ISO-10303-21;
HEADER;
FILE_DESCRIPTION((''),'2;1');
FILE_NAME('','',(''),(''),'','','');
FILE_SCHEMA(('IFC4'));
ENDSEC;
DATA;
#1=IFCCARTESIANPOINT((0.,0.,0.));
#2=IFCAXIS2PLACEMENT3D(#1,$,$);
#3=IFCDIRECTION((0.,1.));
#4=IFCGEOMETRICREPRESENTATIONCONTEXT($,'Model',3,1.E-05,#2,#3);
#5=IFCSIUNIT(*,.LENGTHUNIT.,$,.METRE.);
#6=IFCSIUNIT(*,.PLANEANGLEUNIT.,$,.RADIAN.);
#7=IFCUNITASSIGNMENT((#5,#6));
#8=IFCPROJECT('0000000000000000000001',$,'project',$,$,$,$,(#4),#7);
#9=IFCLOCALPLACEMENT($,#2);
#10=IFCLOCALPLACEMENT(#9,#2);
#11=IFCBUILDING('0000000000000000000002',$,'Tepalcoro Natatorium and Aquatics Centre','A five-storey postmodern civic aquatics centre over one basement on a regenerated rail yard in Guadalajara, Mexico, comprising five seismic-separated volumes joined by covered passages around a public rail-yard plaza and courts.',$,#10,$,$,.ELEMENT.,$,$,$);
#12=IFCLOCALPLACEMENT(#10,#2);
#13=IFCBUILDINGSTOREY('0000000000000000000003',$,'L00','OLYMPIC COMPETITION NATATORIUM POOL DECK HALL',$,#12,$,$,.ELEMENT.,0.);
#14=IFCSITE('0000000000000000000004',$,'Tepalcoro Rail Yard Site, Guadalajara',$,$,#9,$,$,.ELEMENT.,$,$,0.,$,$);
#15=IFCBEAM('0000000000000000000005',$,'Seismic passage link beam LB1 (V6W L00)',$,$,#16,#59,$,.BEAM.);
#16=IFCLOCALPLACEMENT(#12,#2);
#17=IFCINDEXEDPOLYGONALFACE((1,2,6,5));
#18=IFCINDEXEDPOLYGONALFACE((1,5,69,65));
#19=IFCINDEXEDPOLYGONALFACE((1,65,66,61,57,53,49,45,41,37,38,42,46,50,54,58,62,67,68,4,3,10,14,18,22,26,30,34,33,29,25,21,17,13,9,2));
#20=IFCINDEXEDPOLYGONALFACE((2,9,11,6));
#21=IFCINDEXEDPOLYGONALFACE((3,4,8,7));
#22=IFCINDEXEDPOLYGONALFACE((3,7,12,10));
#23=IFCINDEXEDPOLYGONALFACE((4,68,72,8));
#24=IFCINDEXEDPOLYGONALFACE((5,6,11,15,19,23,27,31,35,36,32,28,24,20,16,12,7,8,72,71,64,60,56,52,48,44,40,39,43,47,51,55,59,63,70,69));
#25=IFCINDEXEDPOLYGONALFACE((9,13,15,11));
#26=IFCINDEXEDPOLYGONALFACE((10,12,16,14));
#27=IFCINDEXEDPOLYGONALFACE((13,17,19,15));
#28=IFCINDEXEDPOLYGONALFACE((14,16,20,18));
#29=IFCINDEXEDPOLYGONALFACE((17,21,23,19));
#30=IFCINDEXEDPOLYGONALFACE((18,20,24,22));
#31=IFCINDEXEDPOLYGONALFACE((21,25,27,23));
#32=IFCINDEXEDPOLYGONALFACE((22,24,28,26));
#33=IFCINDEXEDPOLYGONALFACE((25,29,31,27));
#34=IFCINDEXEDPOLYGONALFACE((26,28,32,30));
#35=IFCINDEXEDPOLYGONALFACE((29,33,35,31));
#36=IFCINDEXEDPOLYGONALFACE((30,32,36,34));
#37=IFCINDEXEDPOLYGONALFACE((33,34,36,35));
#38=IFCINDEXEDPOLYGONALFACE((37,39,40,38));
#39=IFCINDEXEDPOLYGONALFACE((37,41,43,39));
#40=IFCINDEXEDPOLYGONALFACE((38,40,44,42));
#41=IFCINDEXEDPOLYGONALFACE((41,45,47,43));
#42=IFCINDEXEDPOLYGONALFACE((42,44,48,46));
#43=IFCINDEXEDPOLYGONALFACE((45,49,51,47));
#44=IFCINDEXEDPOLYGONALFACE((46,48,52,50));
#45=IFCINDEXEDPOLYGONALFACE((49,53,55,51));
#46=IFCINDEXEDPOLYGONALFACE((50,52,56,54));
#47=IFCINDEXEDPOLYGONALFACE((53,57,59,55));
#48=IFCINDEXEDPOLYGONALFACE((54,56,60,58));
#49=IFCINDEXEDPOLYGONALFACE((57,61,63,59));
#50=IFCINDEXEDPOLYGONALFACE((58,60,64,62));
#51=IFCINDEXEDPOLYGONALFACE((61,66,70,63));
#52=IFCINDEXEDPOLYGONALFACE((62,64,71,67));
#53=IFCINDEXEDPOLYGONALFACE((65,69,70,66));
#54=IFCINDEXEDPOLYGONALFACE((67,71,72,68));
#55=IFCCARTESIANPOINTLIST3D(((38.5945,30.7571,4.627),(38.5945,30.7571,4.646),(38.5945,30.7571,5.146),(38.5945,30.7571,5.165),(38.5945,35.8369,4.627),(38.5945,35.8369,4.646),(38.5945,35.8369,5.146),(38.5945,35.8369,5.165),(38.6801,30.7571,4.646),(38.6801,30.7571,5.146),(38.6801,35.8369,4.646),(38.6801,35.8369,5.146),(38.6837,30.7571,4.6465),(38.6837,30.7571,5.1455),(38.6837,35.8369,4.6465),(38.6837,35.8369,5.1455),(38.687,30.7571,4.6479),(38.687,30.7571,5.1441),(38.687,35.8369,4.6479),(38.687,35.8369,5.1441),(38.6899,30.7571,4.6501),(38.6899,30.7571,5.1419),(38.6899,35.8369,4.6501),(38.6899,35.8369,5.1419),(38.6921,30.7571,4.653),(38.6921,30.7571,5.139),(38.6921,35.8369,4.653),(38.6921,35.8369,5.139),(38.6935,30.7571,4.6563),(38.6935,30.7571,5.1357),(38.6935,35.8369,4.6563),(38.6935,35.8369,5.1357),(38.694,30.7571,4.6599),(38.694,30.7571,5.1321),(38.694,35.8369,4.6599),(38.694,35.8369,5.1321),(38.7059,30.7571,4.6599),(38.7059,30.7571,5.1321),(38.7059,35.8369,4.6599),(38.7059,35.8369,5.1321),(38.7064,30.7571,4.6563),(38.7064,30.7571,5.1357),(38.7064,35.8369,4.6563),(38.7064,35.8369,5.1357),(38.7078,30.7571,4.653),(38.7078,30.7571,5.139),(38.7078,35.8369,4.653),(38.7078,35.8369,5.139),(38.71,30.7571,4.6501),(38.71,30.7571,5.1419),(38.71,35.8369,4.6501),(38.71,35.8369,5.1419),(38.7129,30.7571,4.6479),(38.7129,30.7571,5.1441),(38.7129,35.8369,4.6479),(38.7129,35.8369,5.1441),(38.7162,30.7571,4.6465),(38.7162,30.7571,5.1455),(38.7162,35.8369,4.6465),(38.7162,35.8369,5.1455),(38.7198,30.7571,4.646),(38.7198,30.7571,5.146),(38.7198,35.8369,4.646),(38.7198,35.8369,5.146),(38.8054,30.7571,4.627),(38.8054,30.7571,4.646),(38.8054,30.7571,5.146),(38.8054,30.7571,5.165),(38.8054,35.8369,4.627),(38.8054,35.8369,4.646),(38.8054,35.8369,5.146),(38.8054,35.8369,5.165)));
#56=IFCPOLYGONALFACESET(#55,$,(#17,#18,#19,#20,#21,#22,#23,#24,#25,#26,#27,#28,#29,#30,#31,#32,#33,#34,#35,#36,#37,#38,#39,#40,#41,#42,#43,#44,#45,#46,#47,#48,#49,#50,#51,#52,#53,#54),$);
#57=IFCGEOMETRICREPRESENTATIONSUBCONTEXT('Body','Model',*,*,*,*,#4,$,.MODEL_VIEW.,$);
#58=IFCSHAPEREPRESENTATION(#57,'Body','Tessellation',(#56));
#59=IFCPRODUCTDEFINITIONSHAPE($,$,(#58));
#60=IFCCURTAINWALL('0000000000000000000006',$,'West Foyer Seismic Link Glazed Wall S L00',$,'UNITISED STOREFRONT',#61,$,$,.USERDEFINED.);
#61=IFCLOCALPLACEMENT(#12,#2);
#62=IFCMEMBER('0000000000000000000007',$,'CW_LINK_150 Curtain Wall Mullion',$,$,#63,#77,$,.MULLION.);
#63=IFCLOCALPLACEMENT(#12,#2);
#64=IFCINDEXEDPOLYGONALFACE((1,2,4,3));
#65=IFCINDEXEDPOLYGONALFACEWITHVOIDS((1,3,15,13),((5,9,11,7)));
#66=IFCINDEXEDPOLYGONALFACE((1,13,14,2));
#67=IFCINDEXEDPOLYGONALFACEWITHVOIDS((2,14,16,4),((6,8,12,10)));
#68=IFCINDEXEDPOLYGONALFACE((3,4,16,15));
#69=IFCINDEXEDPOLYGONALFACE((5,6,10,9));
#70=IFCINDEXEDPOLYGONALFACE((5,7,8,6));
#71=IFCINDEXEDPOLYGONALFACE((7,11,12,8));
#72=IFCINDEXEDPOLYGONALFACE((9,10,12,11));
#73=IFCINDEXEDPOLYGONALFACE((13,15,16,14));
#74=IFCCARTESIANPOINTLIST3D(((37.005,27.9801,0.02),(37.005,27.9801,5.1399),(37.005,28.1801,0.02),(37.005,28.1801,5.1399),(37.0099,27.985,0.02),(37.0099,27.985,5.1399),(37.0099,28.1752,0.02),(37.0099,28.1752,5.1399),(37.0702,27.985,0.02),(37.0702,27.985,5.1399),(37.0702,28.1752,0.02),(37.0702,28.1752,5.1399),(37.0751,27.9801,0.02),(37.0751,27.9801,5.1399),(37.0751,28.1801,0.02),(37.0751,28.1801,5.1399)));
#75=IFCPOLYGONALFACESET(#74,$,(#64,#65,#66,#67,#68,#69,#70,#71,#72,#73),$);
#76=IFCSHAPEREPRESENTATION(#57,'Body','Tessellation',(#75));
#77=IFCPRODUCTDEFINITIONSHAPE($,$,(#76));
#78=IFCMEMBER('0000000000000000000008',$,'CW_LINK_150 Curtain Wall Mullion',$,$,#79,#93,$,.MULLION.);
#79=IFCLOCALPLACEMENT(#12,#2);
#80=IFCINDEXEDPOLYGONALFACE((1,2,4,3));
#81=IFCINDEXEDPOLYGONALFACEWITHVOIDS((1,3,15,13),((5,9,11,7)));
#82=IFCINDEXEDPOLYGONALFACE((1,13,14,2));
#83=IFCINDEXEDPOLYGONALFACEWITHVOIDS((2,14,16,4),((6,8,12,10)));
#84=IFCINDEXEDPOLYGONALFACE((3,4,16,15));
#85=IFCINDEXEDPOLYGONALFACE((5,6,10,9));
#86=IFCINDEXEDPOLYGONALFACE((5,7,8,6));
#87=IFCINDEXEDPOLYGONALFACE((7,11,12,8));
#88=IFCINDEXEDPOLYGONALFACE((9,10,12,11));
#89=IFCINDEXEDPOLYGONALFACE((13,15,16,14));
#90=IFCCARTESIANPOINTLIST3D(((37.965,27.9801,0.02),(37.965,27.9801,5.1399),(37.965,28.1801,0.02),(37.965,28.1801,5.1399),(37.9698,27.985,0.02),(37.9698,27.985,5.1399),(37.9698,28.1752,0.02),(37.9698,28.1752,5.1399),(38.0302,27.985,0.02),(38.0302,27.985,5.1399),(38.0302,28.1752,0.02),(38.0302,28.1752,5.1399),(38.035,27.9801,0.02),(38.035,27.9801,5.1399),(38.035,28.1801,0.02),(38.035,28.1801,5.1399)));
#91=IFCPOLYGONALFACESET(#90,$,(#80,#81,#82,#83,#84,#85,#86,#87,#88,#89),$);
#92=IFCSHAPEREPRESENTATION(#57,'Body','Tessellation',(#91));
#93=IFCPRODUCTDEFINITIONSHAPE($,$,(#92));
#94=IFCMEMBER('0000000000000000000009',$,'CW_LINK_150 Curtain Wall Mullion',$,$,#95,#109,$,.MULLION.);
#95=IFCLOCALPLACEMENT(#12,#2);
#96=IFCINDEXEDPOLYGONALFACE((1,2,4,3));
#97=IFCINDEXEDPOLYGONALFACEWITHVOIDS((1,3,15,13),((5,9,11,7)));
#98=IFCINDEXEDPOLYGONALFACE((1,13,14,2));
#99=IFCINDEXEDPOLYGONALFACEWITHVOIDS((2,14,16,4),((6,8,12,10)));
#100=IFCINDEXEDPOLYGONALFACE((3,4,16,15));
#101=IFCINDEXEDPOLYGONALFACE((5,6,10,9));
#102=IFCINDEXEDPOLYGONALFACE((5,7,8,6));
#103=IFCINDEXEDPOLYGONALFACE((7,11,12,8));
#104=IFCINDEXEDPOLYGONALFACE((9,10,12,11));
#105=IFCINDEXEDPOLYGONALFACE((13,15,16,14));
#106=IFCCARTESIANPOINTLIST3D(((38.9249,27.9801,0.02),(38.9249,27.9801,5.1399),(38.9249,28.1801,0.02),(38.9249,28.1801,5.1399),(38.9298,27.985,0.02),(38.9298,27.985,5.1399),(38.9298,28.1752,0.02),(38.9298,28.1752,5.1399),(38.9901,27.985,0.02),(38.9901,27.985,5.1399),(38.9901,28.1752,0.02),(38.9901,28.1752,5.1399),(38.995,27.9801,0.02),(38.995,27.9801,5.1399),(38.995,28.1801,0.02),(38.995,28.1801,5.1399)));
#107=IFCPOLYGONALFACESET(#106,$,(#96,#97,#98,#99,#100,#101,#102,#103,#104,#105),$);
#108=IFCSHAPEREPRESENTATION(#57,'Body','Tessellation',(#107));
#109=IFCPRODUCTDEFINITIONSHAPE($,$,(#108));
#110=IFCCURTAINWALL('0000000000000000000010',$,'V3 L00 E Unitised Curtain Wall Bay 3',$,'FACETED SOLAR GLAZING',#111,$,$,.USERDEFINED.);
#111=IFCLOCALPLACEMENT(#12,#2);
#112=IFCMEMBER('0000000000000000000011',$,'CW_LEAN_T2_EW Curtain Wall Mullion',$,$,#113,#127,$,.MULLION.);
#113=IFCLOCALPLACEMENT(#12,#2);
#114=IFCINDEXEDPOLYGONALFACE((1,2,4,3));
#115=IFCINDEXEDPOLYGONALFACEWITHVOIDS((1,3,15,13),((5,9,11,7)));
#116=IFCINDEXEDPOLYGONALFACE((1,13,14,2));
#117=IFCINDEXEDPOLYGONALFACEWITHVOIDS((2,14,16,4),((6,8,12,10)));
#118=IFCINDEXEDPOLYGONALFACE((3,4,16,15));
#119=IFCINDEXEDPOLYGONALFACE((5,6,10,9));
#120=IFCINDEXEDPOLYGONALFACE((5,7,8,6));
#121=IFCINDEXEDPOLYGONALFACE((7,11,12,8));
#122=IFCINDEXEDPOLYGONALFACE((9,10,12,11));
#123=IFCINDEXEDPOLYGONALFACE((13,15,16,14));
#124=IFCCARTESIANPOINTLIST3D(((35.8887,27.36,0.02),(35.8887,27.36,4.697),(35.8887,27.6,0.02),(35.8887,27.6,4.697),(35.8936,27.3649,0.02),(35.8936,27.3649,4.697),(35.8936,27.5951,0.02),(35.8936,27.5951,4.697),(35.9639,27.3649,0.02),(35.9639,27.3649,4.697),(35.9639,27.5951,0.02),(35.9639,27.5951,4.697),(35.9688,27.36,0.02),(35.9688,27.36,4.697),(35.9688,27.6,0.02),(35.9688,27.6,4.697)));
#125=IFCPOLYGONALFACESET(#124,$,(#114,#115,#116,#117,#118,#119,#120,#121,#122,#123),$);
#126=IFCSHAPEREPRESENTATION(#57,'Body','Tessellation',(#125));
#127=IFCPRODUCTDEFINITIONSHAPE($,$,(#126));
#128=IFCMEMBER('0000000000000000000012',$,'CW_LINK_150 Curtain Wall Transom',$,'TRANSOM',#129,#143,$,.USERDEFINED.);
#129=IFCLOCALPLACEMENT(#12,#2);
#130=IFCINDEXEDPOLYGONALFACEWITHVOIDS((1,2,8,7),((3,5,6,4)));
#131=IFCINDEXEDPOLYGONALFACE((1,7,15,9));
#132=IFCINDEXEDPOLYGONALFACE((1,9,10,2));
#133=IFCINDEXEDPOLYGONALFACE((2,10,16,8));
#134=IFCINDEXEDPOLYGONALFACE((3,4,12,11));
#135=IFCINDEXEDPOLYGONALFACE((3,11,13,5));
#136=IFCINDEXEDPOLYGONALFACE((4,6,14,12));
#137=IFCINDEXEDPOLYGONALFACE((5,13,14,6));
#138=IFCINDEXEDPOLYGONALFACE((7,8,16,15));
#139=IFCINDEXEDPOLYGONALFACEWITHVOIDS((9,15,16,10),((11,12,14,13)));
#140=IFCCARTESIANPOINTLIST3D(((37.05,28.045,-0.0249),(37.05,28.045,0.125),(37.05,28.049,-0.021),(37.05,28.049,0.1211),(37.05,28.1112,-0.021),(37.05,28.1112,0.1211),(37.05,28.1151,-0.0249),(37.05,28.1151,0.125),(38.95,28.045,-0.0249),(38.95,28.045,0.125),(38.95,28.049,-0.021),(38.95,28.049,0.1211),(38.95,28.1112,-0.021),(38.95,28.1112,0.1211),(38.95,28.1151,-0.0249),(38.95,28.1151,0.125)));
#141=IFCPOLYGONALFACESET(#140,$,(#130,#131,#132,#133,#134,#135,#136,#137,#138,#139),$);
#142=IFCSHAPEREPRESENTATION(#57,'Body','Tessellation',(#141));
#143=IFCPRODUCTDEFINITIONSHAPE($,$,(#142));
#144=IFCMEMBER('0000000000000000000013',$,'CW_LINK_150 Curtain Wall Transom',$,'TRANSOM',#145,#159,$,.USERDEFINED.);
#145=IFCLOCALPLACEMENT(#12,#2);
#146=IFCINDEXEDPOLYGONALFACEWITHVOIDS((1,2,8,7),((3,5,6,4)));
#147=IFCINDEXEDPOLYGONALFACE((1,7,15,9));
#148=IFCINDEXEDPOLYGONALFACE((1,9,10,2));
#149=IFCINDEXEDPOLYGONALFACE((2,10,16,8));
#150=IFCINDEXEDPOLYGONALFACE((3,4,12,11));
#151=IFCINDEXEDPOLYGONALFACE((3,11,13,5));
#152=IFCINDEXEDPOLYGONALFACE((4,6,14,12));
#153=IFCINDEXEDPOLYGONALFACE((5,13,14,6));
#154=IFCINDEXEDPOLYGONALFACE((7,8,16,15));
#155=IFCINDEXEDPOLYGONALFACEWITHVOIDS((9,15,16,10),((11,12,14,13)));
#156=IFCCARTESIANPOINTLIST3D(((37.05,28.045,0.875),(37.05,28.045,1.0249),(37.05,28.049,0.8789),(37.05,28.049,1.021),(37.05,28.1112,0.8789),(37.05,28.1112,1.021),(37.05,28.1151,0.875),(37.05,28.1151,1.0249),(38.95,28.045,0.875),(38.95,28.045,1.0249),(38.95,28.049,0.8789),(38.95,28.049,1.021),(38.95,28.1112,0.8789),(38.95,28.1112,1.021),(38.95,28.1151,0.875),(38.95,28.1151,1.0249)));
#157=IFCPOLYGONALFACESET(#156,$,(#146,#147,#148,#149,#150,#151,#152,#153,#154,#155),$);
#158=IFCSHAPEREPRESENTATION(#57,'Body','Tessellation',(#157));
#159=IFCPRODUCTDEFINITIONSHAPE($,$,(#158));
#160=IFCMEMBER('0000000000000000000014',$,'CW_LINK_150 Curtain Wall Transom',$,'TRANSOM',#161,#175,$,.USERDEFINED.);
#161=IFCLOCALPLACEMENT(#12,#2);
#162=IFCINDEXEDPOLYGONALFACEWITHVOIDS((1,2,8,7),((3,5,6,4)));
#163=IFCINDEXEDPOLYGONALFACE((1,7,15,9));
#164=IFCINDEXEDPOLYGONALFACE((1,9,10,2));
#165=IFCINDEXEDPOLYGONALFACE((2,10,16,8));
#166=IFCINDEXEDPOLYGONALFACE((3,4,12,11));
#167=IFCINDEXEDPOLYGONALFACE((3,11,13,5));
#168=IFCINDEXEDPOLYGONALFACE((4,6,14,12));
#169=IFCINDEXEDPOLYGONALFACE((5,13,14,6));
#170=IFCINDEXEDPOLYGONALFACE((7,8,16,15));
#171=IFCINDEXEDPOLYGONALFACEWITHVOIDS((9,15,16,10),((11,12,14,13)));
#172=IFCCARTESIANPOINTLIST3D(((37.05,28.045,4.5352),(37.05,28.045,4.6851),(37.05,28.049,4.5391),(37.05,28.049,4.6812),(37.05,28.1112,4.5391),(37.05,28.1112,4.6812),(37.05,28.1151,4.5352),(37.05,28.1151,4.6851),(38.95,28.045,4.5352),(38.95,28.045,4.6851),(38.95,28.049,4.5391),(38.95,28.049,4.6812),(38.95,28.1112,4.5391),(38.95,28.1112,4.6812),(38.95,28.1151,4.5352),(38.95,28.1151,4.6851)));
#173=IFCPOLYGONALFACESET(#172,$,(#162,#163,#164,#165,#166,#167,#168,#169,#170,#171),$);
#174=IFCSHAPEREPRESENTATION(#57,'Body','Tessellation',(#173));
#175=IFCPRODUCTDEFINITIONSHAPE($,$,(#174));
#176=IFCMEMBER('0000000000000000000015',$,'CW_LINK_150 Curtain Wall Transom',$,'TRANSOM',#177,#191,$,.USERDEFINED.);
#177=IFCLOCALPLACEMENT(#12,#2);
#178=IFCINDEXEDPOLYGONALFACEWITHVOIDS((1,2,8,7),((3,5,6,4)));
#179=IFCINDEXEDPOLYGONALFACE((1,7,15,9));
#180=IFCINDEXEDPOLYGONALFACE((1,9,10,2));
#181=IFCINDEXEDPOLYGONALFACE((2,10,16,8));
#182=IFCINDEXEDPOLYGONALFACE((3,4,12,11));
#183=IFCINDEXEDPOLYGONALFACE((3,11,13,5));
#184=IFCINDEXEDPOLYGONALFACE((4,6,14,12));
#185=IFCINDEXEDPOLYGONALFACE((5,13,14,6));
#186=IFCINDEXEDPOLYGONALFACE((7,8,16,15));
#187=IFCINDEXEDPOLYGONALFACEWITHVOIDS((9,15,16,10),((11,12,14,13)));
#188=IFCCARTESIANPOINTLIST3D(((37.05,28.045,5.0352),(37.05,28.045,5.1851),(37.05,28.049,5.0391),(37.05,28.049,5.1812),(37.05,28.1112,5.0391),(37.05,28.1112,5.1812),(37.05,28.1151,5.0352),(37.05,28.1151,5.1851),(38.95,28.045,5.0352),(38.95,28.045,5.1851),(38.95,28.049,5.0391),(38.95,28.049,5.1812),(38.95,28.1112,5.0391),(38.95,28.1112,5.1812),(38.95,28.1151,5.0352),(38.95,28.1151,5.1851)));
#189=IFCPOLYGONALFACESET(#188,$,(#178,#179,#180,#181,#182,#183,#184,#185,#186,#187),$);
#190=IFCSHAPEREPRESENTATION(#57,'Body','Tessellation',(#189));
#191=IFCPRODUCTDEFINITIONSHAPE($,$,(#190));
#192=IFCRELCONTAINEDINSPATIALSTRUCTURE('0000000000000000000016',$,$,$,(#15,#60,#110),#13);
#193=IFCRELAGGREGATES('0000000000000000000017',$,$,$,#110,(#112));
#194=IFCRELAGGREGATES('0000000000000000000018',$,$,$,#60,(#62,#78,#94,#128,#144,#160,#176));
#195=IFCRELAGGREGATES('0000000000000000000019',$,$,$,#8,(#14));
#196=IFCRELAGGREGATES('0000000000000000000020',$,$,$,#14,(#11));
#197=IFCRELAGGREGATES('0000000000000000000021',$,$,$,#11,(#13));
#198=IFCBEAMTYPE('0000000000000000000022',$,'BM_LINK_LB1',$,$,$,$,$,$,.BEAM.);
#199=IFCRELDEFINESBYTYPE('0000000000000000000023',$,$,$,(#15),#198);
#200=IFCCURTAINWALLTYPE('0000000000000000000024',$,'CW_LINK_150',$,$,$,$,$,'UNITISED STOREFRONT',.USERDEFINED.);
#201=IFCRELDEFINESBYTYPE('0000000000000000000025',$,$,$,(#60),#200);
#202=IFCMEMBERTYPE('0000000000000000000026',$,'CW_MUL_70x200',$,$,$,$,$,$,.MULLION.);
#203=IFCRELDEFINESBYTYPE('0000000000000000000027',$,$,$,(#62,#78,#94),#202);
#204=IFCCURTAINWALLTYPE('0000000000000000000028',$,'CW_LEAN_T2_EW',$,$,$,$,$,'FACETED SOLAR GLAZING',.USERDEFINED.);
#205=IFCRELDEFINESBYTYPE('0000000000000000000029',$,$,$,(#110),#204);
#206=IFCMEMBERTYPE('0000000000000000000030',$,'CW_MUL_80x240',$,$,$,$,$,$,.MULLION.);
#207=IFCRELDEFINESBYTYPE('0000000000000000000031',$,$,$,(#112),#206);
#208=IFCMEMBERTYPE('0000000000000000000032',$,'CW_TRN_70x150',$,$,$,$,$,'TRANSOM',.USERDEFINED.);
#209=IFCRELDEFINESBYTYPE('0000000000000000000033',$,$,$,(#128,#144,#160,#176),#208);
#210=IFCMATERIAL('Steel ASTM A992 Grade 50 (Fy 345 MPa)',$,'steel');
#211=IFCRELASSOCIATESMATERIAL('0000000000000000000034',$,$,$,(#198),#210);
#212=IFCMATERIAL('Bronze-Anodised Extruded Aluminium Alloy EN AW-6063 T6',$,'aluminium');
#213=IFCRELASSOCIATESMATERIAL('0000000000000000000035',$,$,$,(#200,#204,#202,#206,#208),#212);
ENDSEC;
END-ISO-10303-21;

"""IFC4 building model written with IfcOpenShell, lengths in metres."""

from ifc_helpers import new_model, si_unit, direction, frame, origin, origin_2d, place, context, subcontext, project, spatial, hollow_rectangle, i_section, extrude, material, material_profile, profile_set, type_object, element, aggregate, save


model = new_model("IFC4")

# Units and contexts
model_context = context("Model", 3, precision=1e-05, world=origin(), true_north=direction((0.0, 1.0)))
body_context = subcontext(model_context, "Body", "Model", "MODEL_VIEW")
ifc_project = project(units=[si_unit("LENGTHUNIT", "METRE"), si_unit("PLANEANGLEUNIT", "RADIAN")], contexts=[model_context])

# Site, building, storey
site_placement = place(None, origin())
site = spatial("IfcSite", under=ifc_project, at=site_placement, Name="Tepalcoro Rail Yard Site, Guadalajara", CompositionType="ELEMENT", RefElevation=0.0)
building_placement = place(site_placement, origin())
building = spatial("IfcBuilding", under=site, at=building_placement, Name="Tepalcoro Natatorium and Aquatics Centre", Description="A five-storey postmodern civic aquatics centre over one basement on a regenerated rail yard in Guadalajara, Mexico, comprising five seismic-separated volumes joined by covered passages around a public rail-yard plaza and courts.", CompositionType="ELEMENT")
storey_placement = place(building_placement, origin())
storey = spatial("IfcBuildingStorey", under=building, at=storey_placement, Name="L00", Description="OLYMPIC COMPETITION NATATORIUM POOL DECK HALL", CompositionType="ELEMENT", Elevation=0.0)

# Shared definitions
ifc_material_1 = material(Name="Steel ASTM A992 Grade 50 (Fy 345 MPa)", Category="steel")

# Beam
ifc_material_profile_1 = material_profile(ifc_material_1, i_section(OverallWidth=0.2109, OverallDepth=0.5381, WebThickness=0.012, FlangeThickness=0.019, FilletRadius=0.0139, at=origin_2d()), Name="W21X73")
ifc_profile_set_1 = profile_set([ifc_material_profile_1], Name="Steel ASTM A992 Grade 50 (Fy 345 MPa)")
beam_type_1 = type_object("IfcBeamType", Name="BM_LINK_LB1", PredefinedType="BEAM", material=ifc_profile_set_1)
beam_1_placement = place(storey_placement, frame((38.7, 30.7571, 4.896), z_axis=(0.0, 1.0, 0.0), x_axis=(-1.0, 0.0, 0.0)))
element("IfcBeam", 1, at=beam_1_placement, inside=storey, type_object=beam_type_1, Name="Seismic passage link beam LB1 (V6W L00)", PredefinedType="BEAM", context=body_context, shape_type="SweptSolid", body=[
    extrude(i_section(OverallWidth=0.2109, OverallDepth=0.5381, WebThickness=0.012, FlangeThickness=0.019, FilletRadius=0.0139, at=origin_2d()), origin(), (0.0, 0.0, 1.0), 5.0798),
])

# Curtain wall, members
ifc_material_2 = material(Name="Bronze-Anodised Extruded Aluminium Alloy EN AW-6063 T6", Category="aluminium")
curtain_wall_type_1 = type_object("IfcCurtainWallType", Name="CW_LINK_150", ElementType="UNITISED STOREFRONT", PredefinedType="USERDEFINED", material=ifc_material_2)
curtain_wall_1_placement = place(storey_placement, origin())
curtain_wall_1 = element("IfcCurtainWall", 2, at=curtain_wall_1_placement, inside=storey, type_object=curtain_wall_type_1, Name="West Foyer Seismic Link Glazed Wall S L00", ObjectType="UNITISED STOREFRONT", PredefinedType="USERDEFINED")
ifc_material_profile_2 = material_profile(ifc_material_2, hollow_rectangle(XDim=0.0701, YDim=0.2, WallThickness=0.0049, at=origin_2d()), Name="AL70X200X5")
ifc_profile_set_2 = profile_set([ifc_material_profile_2], Name="Bronze-Anodised Extruded Aluminium Alloy EN AW-6063 T6")
member_type_1 = type_object("IfcMemberType", Name="CW_MUL_70x200", PredefinedType="MULLION", material=ifc_profile_set_2)
member_1_placement = place(storey_placement, frame((37.04, 28.0801, 0.02), z_axis=(0.0, 0.0, 1.0), x_axis=(1.0, 0.0, 0.0)))
member_1 = element("IfcMember", 3, at=member_1_placement, type_object=member_type_1, Name="CW_LINK_150 Curtain Wall Mullion", PredefinedType="MULLION", context=body_context, shape_type="SweptSolid", body=[
    extrude(hollow_rectangle(XDim=0.0701, YDim=0.2, WallThickness=0.0049, at=origin_2d()), origin(), (0.0, 0.0, 1.0), 5.1199),
])
member_2_placement = place(storey_placement, frame((38.0, 28.0801, 0.02), z_axis=(0.0, 0.0, 1.0), x_axis=(1.0, 0.0, 0.0)))
member_2 = element("IfcMember", 4, at=member_2_placement, type_object=member_type_1, Name="CW_LINK_150 Curtain Wall Mullion", PredefinedType="MULLION", context=body_context, shape_type="SweptSolid", body=[
    extrude(hollow_rectangle(XDim=0.0701, YDim=0.2, WallThickness=0.0049, at=origin_2d()), origin(), (0.0, 0.0, 1.0), 5.1199),
])
member_3_placement = place(storey_placement, frame((38.96, 28.0801, 0.02), z_axis=(0.0, 0.0, 1.0), x_axis=(1.0, 0.0, 0.0)))
member_3 = element("IfcMember", 5, at=member_3_placement, type_object=member_type_1, Name="CW_LINK_150 Curtain Wall Mullion", PredefinedType="MULLION", context=body_context, shape_type="SweptSolid", body=[
    extrude(hollow_rectangle(XDim=0.0701, YDim=0.2, WallThickness=0.0049, at=origin_2d()), origin(), (0.0, 0.0, 1.0), 5.1199),
])

# Curtain wall, member
curtain_wall_type_2 = type_object("IfcCurtainWallType", Name="CW_LEAN_T2_EW", ElementType="FACETED SOLAR GLAZING", PredefinedType="USERDEFINED", material=ifc_material_2)
curtain_wall_2_placement = place(storey_placement, origin())
curtain_wall_2 = element("IfcCurtainWall", 6, at=curtain_wall_2_placement, inside=storey, type_object=curtain_wall_type_2, Name="V3 L00 E Unitised Curtain Wall Bay 3", ObjectType="FACETED SOLAR GLAZING", PredefinedType="USERDEFINED")
ifc_material_profile_3 = material_profile(ifc_material_2, hollow_rectangle(XDim=0.0801, YDim=0.24, WallThickness=0.0049, at=origin_2d()), Name="AL80X240X5")
ifc_profile_set_3 = profile_set([ifc_material_profile_3], Name="Bronze-Anodised Extruded Aluminium Alloy EN AW-6063 T6")
member_type_2 = type_object("IfcMemberType", Name="CW_MUL_80x240", PredefinedType="MULLION", material=ifc_profile_set_3)
member_4_placement = place(storey_placement, frame((35.9287, 27.48, 0.02), z_axis=(0.0, 0.0, 1.0), x_axis=(1.0, 0.0, 0.0)))
member_4 = element("IfcMember", 7, at=member_4_placement, type_object=member_type_2, Name="CW_LEAN_T2_EW Curtain Wall Mullion", PredefinedType="MULLION", context=body_context, shape_type="SweptSolid", body=[
    extrude(hollow_rectangle(XDim=0.0801, YDim=0.24, WallThickness=0.0049, at=origin_2d()), origin(), (0.0, 0.0, 1.0), 4.677),
])
aggregate(curtain_wall_2, [member_4])

# Members
ifc_material_profile_4 = material_profile(ifc_material_2, hollow_rectangle(XDim=0.0701, YDim=0.1499, WallThickness=0.0039, at=origin_2d()), Name="AL70X150X4")
ifc_profile_set_4 = profile_set([ifc_material_profile_4], Name="Bronze-Anodised Extruded Aluminium Alloy EN AW-6063 T6")
member_type_3 = type_object("IfcMemberType", Name="CW_TRN_70x150", ElementType="TRANSOM", PredefinedType="USERDEFINED", material=ifc_profile_set_4)
member_5_placement = place(storey_placement, frame((37.05, 28.0801, 0.05), z_axis=(1.0, 0.0, 0.0), x_axis=(0.0, 1.0, 0.0)))
member_5 = element("IfcMember", 8, at=member_5_placement, type_object=member_type_3, Name="CW_LINK_150 Curtain Wall Transom", ObjectType="TRANSOM", PredefinedType="USERDEFINED", context=body_context, shape_type="SweptSolid", body=[
    extrude(hollow_rectangle(XDim=0.0701, YDim=0.1499, WallThickness=0.0039, at=origin_2d()), origin(), (0.0, 0.0, 1.0), 1.8999),
])
member_6_placement = place(storey_placement, frame((37.05, 28.0801, 0.95), z_axis=(1.0, 0.0, 0.0), x_axis=(0.0, 1.0, 0.0)))
member_6 = element("IfcMember", 9, at=member_6_placement, type_object=member_type_3, Name="CW_LINK_150 Curtain Wall Transom", ObjectType="TRANSOM", PredefinedType="USERDEFINED", context=body_context, shape_type="SweptSolid", body=[
    extrude(hollow_rectangle(XDim=0.0701, YDim=0.1499, WallThickness=0.0039, at=origin_2d()), origin(), (0.0, 0.0, 1.0), 1.8999),
])
member_7_placement = place(storey_placement, frame((37.05, 28.0801, 4.6101), z_axis=(1.0, 0.0, 0.0), x_axis=(0.0, 1.0, 0.0)))
member_7 = element("IfcMember", 10, at=member_7_placement, type_object=member_type_3, Name="CW_LINK_150 Curtain Wall Transom", ObjectType="TRANSOM", PredefinedType="USERDEFINED", context=body_context, shape_type="SweptSolid", body=[
    extrude(hollow_rectangle(XDim=0.0701, YDim=0.1499, WallThickness=0.0039, at=origin_2d()), origin(), (0.0, 0.0, 1.0), 1.8999),
])
member_8_placement = place(storey_placement, frame((37.05, 28.0801, 5.1101), z_axis=(1.0, 0.0, 0.0), x_axis=(0.0, 1.0, 0.0)))
member_8 = element("IfcMember", 11, at=member_8_placement, type_object=member_type_3, Name="CW_LINK_150 Curtain Wall Transom", ObjectType="TRANSOM", PredefinedType="USERDEFINED", context=body_context, shape_type="SweptSolid", body=[
    extrude(hollow_rectangle(XDim=0.0701, YDim=0.1499, WallThickness=0.0039, at=origin_2d()), origin(), (0.0, 0.0, 1.0), 1.8999),
])

aggregate(curtain_wall_1, [member_1, member_2, member_3, member_5, member_6, member_7, member_8])

save(model, "model.ifc")
